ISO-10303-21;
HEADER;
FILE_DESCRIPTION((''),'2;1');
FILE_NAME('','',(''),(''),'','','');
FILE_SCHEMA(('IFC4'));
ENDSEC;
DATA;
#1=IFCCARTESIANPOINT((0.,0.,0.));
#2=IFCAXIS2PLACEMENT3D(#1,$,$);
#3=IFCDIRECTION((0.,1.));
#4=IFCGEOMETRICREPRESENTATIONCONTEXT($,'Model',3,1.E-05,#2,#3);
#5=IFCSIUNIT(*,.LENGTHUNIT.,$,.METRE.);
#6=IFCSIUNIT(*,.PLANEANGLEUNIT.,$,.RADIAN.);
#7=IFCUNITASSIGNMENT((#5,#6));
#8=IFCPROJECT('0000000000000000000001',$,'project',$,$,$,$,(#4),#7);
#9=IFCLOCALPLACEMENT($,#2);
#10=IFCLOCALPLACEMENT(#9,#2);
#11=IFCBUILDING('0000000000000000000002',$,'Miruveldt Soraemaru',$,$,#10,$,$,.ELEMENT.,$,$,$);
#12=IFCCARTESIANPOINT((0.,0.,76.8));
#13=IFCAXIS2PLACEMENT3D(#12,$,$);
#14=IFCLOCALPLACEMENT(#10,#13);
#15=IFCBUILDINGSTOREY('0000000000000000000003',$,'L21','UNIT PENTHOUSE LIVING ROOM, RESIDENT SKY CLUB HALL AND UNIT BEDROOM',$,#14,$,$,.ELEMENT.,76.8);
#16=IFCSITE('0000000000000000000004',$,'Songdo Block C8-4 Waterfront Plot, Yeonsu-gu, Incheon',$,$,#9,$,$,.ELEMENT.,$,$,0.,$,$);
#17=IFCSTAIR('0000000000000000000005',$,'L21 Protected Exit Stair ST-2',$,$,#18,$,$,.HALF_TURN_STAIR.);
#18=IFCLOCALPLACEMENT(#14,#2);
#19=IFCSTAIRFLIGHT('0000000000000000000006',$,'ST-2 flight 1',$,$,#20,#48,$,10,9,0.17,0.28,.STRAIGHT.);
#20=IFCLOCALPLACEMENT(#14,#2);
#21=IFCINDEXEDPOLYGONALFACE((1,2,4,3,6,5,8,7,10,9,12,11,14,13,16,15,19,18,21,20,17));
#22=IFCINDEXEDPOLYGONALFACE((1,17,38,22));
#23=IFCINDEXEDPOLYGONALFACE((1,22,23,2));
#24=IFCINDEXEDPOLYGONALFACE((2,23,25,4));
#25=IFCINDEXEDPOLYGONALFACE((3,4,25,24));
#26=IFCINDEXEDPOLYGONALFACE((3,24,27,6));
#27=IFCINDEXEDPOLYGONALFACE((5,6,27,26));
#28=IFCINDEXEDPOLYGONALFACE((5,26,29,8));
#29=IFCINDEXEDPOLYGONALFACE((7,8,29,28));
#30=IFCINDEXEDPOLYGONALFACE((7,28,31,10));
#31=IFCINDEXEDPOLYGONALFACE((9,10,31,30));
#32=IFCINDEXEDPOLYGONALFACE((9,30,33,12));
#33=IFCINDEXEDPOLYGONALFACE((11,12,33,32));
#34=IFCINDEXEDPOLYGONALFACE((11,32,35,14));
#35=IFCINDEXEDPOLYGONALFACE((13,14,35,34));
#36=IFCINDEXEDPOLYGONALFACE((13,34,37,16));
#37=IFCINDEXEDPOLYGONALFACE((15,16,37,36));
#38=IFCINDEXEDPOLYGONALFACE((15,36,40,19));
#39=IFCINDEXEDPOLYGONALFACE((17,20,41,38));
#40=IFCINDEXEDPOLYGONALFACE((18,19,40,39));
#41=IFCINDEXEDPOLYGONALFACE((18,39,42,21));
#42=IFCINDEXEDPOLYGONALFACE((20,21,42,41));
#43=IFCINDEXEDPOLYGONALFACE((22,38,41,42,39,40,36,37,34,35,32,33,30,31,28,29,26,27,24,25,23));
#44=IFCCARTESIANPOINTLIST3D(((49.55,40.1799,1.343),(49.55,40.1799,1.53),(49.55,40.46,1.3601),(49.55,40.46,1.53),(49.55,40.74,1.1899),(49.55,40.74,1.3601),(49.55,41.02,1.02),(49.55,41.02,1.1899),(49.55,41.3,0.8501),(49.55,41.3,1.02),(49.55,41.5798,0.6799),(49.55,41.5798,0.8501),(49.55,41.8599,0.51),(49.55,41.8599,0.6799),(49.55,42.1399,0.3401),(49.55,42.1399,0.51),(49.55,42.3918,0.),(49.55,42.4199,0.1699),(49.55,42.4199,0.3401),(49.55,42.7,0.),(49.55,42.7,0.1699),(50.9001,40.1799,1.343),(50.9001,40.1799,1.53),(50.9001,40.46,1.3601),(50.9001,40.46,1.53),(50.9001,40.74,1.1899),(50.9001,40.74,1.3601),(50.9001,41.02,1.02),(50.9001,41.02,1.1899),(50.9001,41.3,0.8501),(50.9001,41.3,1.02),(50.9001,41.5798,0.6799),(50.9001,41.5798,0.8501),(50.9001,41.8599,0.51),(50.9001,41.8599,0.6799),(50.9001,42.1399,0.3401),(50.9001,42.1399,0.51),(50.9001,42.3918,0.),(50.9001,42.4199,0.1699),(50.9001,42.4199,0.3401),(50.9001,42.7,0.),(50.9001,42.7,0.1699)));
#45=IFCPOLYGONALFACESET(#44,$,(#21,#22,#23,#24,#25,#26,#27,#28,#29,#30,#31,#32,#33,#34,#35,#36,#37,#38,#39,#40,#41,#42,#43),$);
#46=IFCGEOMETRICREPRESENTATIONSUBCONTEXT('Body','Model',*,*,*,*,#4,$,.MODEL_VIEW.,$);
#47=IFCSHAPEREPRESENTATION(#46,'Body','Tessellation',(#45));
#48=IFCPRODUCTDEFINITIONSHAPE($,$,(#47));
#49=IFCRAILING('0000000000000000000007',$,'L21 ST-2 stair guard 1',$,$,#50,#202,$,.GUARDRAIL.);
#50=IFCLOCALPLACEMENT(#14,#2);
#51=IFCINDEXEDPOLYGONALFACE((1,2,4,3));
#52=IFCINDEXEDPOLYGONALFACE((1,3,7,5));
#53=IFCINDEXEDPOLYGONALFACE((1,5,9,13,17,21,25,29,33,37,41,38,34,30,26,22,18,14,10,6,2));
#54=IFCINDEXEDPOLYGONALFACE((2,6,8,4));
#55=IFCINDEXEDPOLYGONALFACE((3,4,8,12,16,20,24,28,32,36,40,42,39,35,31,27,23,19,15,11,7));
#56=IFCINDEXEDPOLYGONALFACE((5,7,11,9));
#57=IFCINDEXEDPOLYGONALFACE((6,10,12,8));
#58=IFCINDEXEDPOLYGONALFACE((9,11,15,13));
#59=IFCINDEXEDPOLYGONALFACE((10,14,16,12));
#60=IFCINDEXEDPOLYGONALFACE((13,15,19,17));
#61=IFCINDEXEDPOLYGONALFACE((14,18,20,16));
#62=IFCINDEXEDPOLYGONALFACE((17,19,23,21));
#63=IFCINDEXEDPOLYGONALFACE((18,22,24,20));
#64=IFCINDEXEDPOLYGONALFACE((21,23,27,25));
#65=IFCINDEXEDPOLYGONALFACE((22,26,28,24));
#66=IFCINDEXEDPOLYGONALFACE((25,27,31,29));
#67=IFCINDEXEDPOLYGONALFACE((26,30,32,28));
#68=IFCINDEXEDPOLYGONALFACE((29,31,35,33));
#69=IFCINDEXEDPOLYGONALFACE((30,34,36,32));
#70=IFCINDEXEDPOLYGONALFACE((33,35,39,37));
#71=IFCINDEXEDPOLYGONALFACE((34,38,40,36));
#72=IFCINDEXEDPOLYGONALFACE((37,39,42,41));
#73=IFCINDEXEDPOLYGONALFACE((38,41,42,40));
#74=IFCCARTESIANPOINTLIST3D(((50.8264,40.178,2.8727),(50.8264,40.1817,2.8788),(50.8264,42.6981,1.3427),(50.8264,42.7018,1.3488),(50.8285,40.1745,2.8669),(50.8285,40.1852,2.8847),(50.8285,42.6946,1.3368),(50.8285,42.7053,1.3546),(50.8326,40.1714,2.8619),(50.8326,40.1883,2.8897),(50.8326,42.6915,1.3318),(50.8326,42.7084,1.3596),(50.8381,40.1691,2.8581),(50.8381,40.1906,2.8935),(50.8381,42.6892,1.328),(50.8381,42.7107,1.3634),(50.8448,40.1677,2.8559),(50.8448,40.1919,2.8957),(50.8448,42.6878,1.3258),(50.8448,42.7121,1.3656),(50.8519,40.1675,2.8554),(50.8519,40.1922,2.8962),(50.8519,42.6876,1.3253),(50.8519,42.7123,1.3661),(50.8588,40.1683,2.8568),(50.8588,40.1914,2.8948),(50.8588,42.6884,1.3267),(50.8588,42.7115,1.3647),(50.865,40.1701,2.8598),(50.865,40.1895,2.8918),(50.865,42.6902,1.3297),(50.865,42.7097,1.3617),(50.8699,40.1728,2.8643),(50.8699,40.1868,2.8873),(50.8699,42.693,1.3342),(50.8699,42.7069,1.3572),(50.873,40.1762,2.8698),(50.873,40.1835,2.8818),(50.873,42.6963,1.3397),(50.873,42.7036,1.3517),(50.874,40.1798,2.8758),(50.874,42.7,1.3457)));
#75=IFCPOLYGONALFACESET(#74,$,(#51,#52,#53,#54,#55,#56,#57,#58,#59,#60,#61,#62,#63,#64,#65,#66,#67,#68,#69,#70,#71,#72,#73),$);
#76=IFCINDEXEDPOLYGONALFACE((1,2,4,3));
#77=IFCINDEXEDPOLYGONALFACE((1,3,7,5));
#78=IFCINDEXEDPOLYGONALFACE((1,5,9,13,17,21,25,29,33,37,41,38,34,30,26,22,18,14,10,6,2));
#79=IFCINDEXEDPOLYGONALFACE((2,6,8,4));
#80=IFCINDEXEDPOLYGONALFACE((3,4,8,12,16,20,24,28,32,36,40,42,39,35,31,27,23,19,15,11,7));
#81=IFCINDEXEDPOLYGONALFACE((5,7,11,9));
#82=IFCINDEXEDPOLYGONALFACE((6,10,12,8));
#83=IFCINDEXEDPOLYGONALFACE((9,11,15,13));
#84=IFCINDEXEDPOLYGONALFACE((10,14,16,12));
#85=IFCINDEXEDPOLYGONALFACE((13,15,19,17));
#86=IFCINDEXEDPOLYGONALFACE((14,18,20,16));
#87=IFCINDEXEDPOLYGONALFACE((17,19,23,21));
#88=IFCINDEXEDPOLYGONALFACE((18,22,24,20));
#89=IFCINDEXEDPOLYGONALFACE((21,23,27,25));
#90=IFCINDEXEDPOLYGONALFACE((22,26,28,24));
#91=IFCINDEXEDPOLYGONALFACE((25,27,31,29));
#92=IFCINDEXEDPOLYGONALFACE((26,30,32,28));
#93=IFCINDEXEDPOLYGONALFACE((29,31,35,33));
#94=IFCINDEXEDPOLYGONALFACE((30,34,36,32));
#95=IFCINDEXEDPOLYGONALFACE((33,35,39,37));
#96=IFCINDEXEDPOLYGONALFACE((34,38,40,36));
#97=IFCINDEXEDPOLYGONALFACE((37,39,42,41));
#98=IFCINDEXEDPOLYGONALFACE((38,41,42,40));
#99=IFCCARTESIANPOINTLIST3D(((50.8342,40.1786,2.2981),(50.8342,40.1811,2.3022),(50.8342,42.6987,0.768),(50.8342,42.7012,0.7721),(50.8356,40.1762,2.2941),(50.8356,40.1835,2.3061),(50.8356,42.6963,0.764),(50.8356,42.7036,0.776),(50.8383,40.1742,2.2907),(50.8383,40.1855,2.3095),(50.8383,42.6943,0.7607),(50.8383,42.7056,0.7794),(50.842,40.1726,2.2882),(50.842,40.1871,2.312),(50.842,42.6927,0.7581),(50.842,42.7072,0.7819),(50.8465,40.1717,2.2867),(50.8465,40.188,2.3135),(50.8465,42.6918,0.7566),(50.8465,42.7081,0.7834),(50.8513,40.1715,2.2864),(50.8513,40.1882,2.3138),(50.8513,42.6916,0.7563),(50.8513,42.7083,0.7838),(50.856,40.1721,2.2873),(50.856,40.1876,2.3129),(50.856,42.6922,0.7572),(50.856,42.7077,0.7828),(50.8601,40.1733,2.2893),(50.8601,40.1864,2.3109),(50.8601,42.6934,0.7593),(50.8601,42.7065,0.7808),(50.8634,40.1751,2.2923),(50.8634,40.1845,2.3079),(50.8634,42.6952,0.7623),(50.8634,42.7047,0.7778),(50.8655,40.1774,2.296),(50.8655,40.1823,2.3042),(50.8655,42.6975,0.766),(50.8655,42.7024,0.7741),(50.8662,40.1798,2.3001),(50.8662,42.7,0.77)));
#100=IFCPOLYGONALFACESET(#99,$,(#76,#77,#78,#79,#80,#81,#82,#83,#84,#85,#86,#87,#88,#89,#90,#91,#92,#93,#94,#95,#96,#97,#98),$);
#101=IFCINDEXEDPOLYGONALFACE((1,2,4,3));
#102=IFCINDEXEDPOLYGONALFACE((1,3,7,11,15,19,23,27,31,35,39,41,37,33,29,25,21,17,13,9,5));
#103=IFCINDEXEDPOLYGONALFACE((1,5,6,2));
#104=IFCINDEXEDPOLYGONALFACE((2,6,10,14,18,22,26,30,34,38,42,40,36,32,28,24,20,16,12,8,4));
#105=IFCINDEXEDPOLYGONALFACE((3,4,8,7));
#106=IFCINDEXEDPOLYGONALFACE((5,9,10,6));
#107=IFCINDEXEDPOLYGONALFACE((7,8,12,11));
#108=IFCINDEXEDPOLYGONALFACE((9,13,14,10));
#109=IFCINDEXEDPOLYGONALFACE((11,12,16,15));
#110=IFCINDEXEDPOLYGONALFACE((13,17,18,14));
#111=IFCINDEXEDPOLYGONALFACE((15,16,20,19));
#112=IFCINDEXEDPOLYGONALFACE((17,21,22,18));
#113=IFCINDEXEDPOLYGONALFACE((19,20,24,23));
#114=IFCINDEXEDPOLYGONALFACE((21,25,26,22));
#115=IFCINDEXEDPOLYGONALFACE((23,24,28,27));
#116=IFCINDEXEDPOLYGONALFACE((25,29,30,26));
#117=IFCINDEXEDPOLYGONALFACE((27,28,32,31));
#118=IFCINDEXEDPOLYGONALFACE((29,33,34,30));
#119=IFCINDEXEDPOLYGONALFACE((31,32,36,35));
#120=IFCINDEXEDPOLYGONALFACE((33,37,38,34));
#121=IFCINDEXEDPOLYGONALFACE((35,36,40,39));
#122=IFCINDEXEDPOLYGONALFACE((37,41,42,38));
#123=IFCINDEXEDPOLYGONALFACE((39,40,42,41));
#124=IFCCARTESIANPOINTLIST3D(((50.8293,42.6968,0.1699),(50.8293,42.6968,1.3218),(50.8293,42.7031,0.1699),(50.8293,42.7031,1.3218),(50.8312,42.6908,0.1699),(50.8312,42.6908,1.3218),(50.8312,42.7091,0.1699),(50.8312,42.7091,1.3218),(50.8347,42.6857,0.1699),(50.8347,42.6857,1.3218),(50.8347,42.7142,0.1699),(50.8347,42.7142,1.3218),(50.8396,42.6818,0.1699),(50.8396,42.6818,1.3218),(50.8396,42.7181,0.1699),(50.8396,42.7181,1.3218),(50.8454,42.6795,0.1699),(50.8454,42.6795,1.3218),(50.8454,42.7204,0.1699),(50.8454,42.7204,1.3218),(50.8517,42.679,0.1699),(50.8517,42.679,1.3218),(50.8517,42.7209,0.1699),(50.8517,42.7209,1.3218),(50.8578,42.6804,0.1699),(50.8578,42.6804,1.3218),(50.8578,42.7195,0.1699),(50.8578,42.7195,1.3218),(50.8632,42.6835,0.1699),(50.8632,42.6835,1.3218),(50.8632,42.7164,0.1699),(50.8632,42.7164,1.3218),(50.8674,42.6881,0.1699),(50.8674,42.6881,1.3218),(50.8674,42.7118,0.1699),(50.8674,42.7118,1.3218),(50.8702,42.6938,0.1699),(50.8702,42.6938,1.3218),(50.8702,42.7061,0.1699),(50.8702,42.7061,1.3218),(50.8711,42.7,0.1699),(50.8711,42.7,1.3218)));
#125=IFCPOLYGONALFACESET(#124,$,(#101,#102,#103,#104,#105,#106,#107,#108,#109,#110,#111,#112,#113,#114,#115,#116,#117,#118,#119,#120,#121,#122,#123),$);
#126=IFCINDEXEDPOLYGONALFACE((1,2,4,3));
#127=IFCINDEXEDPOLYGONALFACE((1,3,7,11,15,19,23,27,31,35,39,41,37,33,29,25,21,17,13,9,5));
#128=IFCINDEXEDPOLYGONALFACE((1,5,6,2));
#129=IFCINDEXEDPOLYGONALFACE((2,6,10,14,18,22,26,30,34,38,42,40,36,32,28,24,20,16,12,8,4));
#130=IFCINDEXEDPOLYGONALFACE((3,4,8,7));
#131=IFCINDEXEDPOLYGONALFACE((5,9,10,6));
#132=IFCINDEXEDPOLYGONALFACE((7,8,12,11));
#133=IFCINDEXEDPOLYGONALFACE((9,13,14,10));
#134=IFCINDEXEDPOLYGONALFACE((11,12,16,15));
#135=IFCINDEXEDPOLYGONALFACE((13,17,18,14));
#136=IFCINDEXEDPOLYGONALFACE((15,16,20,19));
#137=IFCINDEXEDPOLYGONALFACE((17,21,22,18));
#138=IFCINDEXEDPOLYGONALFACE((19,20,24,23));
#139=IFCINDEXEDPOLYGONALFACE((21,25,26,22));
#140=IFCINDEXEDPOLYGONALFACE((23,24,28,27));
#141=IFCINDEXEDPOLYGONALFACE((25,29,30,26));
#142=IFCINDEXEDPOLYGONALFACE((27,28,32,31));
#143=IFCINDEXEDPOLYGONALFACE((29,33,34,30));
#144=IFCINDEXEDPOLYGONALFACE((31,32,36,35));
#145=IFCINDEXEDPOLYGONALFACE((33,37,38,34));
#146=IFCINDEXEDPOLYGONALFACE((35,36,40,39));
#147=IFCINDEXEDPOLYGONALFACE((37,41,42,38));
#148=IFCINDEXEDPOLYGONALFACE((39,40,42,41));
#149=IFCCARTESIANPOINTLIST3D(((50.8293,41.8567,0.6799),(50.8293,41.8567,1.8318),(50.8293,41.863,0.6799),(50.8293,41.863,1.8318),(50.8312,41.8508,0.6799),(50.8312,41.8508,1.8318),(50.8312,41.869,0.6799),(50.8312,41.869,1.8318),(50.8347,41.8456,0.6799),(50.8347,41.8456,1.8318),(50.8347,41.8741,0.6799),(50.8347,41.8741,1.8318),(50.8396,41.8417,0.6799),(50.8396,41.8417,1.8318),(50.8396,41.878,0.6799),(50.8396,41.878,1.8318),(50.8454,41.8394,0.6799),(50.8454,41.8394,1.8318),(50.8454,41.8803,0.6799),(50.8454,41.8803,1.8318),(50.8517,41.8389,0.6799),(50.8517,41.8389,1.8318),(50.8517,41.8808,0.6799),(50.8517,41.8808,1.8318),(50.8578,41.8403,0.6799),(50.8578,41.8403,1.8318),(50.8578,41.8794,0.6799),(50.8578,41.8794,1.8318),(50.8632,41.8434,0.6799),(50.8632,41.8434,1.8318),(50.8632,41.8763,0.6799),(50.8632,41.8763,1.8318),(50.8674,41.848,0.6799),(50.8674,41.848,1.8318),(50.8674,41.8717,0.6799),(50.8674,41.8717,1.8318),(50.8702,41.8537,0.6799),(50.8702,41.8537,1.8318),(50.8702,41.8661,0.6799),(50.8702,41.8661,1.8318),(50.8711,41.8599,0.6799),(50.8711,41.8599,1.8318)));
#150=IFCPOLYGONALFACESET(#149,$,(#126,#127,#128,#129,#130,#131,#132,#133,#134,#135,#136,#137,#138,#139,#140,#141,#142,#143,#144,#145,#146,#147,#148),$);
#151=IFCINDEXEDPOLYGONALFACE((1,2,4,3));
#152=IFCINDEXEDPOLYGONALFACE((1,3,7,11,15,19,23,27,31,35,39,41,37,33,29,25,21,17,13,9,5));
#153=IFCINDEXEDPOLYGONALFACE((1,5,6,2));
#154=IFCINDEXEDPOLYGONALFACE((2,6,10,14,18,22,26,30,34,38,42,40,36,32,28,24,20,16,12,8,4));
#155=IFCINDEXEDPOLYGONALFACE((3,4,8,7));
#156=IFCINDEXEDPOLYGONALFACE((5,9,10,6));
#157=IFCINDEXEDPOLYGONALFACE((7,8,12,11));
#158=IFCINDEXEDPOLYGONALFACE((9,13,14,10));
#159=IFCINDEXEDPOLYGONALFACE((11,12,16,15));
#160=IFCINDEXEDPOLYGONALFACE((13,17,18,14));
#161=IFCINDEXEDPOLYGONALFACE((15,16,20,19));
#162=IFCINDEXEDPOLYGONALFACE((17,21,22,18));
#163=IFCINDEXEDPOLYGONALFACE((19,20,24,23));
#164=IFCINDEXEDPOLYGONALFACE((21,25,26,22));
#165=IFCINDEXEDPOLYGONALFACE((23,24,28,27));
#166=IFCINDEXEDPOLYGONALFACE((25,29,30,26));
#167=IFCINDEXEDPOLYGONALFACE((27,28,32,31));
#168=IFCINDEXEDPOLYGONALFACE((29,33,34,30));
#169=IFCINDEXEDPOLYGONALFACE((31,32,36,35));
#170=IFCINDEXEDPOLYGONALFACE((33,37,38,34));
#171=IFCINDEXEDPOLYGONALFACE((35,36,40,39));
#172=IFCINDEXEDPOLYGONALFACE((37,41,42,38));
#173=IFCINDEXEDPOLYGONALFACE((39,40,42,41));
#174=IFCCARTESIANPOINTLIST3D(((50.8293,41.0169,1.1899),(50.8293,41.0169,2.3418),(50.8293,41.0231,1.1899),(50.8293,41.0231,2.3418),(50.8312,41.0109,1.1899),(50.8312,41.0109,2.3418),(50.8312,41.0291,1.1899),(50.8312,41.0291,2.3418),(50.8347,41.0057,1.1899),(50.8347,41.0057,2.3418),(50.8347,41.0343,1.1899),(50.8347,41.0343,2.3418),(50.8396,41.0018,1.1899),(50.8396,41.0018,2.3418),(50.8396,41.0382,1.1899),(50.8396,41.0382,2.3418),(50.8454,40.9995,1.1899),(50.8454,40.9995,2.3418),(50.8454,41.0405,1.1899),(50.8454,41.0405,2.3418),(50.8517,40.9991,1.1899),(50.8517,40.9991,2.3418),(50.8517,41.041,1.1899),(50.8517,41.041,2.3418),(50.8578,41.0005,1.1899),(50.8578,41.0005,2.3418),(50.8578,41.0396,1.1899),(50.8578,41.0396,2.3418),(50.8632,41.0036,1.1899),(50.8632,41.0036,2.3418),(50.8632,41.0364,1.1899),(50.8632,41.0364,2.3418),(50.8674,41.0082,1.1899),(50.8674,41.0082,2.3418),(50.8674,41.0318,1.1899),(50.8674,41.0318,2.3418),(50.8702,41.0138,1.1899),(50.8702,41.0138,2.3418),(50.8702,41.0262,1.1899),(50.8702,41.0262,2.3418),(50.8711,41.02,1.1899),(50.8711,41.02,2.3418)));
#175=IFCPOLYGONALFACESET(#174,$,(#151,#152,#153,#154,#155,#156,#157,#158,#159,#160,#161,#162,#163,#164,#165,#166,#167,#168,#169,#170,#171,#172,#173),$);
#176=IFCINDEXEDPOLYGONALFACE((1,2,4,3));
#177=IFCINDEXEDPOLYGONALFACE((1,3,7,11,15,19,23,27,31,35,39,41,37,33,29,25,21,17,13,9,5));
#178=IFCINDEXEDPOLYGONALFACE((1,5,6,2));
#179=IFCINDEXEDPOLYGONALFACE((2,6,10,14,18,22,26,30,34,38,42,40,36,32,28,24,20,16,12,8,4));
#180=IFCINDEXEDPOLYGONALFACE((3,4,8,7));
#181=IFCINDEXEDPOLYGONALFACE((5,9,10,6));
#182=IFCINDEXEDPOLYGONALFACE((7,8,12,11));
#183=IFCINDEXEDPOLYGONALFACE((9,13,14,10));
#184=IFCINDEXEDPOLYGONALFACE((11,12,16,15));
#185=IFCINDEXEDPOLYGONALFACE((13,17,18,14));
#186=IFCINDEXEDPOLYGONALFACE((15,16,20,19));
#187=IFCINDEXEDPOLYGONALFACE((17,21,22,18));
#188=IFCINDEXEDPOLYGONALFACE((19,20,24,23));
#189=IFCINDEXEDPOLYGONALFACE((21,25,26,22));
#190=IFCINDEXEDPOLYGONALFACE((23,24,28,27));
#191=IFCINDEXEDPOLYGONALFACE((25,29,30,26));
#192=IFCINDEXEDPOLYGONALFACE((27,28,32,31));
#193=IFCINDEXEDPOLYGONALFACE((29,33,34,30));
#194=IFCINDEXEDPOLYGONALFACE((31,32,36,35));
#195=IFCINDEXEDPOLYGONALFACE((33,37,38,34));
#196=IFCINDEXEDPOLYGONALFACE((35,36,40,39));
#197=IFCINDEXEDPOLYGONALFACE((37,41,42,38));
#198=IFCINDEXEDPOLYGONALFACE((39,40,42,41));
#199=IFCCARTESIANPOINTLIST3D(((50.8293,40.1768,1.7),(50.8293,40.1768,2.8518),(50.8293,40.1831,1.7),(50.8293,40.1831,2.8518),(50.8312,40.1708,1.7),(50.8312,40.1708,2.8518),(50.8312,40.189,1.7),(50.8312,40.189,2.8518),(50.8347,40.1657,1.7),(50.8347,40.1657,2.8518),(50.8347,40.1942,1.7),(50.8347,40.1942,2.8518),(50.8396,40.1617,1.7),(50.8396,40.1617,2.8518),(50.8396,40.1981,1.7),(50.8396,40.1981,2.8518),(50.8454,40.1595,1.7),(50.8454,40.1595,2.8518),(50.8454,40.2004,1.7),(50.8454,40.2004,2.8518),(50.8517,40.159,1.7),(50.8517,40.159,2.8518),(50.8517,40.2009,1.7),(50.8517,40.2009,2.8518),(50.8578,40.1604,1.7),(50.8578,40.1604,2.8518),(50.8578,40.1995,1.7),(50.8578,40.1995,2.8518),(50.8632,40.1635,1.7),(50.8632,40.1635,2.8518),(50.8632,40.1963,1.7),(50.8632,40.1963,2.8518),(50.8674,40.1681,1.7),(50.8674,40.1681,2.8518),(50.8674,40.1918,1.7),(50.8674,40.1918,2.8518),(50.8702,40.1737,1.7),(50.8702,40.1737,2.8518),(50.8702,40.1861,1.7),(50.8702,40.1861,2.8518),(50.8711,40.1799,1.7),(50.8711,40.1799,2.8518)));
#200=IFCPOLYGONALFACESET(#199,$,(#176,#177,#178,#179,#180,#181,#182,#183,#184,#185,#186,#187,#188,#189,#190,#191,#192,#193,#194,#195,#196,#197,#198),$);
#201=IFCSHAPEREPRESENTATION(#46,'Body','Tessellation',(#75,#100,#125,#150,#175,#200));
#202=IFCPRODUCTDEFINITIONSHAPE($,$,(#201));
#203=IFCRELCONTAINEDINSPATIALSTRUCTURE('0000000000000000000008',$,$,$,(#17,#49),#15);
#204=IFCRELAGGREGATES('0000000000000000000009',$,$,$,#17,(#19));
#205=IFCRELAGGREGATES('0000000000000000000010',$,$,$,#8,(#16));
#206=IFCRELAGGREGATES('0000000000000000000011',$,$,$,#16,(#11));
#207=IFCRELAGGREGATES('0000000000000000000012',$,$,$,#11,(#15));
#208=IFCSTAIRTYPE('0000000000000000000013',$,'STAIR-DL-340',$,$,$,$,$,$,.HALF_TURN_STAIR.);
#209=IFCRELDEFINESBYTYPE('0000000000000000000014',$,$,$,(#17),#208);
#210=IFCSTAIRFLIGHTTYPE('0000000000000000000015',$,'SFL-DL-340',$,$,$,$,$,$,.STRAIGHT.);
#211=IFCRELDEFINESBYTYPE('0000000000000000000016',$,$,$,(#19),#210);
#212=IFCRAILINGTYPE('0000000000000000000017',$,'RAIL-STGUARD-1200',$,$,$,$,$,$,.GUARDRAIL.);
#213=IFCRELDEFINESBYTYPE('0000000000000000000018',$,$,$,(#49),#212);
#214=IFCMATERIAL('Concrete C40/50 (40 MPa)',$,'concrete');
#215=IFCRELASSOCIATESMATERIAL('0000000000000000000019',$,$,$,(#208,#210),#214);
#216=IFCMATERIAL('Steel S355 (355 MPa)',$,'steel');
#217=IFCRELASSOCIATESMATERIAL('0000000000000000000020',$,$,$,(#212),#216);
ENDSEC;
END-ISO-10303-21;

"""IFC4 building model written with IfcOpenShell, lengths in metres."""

from ifc_helpers import new_model, si_unit, direction, frame, origin, origin_2d, place, context, subcontext, project, spatial, polyline, circle, outline, extrude, material, type_object, element, aggregate, save


model = new_model("IFC4")

# Units and contexts
model_context = context("Model", 3, precision=1e-05, world=origin(), true_north=direction((0.0, 1.0)))
body_context = subcontext(model_context, "Body", "Model", "MODEL_VIEW")
ifc_project = project(units=[si_unit("LENGTHUNIT", "METRE"), si_unit("PLANEANGLEUNIT", "RADIAN")], contexts=[model_context])

# Site, building, storey
site_placement = place(None, origin())
site = spatial("IfcSite", under=ifc_project, at=site_placement, Name="Songdo Block C8-4 Waterfront Plot, Yeonsu-gu, Incheon", CompositionType="ELEMENT", RefElevation=0.0)
building_placement = place(site_placement, origin())
building = spatial("IfcBuilding", under=site, at=building_placement, Name="Miruveldt Soraemaru", CompositionType="ELEMENT")
storey_placement = place(building_placement, frame((0.0, 0.0, 76.8)))
storey = spatial("IfcBuildingStorey", under=building, at=storey_placement, Name="L21", Description="UNIT PENTHOUSE LIVING ROOM, RESIDENT SKY CLUB HALL AND UNIT BEDROOM", CompositionType="ELEMENT", Elevation=76.8)

# Shared definitions
ifc_material_1 = material(Name="Concrete C40/50 (40 MPa)", Category="concrete")

# Stair, stair flight
stair_type = type_object("IfcStairType", Name="STAIR-DL-340", PredefinedType="HALF_TURN_STAIR", material=ifc_material_1)
stair_placement = place(storey_placement, origin())
stair = element("IfcStair", 1, at=stair_placement, inside=storey, type_object=stair_type, Name="L21 Protected Exit Stair ST-2", PredefinedType="HALF_TURN_STAIR")
stair_flight_type = type_object("IfcStairFlightType", Name="SFL-DL-340", PredefinedType="STRAIGHT", material=ifc_material_1)
stair_flight_placement = place(storey_placement, frame((50.2251, 42.7, 0.0), z_axis=(0.0, 0.0, 1.0), x_axis=(0.0, -1.0, 0.0)))
stair_flight = element("IfcStairFlight", 2, at=stair_flight_placement, type_object=stair_flight_type, Name="ST-2 flight 1", NumberOfRisers=10, NumberOfTreads=9, PredefinedType="STRAIGHT", RiserHeight=0.17, TreadLength=0.28, context=body_context, shape_type="SweptSolid", body=[
    extrude(outline(polyline([(0.0, 0.0), (0.0, 0.1699), (0.28, 0.1699), (0.28, 0.3401), (0.5601, 0.3401), (0.5601, 0.51), (0.8401, 0.51), (0.8401, 0.6799), (1.1201, 0.6799), (1.1201, 0.8501), (1.3999, 0.8501), (1.3999, 1.02), (1.6799, 1.02), (1.6799, 1.1899), (1.96, 1.1899), (1.96, 1.3601), (2.24, 1.3601), (2.24, 1.53), (2.52, 1.53), (2.52, 1.7), (2.52, 1.343), (0.3081, 0.0), (0.0, 0.0)])), frame((0.0, 0.675, 0.0), z_axis=(0.0, -1.0, 0.0), x_axis=(1.0, 0.0, 0.0)), (0.0, 0.0, 1.0), 1.3501),
])
aggregate(stair, [stair_flight])

# Railing
ifc_material_2 = material(Name="Steel S355 (355 MPa)", Category="steel")
railing_type_1 = type_object("IfcRailingType", Name="RAIL-STGUARD-1200", PredefinedType="GUARDRAIL", material=ifc_material_2)
railing_1_placement = place(storey_placement, frame((50.8501, 42.7, 0.1699)))
element("IfcRailing", 3, at=railing_1_placement, inside=storey, type_object=railing_type_1, Name="L21 ST-2 stair guard 1", PredefinedType="GUARDRAIL", context=body_context, shape_type="SweptSolid", body=[
    extrude(circle(Radius=0.0239, at=origin_2d()), frame((0.0, 0.0, 1.1758), z_axis=(0.0, -0.854785, 0.518982), x_axis=(1.0, 0.0, 0.0)), (0.0, 0.0, 1.0), 2.9482),
    extrude(circle(Radius=0.0161, at=origin_2d()), frame((0.0, 0.0, 0.6001), z_axis=(0.0, -0.854785, 0.518982), x_axis=(1.0, 0.0, 0.0)), (0.0, 0.0, 1.0), 2.9482),
    extrude(circle(Radius=0.021, at=origin_2d()), origin(), (0.0, 0.0, 1.0), 1.1519),
    extrude(circle(Radius=0.021, at=origin_2d()), frame((0.0, -0.8401, 0.51)), (0.0, 0.0, 1.0), 1.1519),
    extrude(circle(Radius=0.021, at=origin_2d()), frame((0.0, -1.6799, 1.02)), (0.0, 0.0, 1.0), 1.1519),
    extrude(circle(Radius=0.021, at=origin_2d()), frame((0.0, -2.52, 1.53)), (0.0, 0.0, 1.0), 1.1519),
])

save(model, "model.ifc")
